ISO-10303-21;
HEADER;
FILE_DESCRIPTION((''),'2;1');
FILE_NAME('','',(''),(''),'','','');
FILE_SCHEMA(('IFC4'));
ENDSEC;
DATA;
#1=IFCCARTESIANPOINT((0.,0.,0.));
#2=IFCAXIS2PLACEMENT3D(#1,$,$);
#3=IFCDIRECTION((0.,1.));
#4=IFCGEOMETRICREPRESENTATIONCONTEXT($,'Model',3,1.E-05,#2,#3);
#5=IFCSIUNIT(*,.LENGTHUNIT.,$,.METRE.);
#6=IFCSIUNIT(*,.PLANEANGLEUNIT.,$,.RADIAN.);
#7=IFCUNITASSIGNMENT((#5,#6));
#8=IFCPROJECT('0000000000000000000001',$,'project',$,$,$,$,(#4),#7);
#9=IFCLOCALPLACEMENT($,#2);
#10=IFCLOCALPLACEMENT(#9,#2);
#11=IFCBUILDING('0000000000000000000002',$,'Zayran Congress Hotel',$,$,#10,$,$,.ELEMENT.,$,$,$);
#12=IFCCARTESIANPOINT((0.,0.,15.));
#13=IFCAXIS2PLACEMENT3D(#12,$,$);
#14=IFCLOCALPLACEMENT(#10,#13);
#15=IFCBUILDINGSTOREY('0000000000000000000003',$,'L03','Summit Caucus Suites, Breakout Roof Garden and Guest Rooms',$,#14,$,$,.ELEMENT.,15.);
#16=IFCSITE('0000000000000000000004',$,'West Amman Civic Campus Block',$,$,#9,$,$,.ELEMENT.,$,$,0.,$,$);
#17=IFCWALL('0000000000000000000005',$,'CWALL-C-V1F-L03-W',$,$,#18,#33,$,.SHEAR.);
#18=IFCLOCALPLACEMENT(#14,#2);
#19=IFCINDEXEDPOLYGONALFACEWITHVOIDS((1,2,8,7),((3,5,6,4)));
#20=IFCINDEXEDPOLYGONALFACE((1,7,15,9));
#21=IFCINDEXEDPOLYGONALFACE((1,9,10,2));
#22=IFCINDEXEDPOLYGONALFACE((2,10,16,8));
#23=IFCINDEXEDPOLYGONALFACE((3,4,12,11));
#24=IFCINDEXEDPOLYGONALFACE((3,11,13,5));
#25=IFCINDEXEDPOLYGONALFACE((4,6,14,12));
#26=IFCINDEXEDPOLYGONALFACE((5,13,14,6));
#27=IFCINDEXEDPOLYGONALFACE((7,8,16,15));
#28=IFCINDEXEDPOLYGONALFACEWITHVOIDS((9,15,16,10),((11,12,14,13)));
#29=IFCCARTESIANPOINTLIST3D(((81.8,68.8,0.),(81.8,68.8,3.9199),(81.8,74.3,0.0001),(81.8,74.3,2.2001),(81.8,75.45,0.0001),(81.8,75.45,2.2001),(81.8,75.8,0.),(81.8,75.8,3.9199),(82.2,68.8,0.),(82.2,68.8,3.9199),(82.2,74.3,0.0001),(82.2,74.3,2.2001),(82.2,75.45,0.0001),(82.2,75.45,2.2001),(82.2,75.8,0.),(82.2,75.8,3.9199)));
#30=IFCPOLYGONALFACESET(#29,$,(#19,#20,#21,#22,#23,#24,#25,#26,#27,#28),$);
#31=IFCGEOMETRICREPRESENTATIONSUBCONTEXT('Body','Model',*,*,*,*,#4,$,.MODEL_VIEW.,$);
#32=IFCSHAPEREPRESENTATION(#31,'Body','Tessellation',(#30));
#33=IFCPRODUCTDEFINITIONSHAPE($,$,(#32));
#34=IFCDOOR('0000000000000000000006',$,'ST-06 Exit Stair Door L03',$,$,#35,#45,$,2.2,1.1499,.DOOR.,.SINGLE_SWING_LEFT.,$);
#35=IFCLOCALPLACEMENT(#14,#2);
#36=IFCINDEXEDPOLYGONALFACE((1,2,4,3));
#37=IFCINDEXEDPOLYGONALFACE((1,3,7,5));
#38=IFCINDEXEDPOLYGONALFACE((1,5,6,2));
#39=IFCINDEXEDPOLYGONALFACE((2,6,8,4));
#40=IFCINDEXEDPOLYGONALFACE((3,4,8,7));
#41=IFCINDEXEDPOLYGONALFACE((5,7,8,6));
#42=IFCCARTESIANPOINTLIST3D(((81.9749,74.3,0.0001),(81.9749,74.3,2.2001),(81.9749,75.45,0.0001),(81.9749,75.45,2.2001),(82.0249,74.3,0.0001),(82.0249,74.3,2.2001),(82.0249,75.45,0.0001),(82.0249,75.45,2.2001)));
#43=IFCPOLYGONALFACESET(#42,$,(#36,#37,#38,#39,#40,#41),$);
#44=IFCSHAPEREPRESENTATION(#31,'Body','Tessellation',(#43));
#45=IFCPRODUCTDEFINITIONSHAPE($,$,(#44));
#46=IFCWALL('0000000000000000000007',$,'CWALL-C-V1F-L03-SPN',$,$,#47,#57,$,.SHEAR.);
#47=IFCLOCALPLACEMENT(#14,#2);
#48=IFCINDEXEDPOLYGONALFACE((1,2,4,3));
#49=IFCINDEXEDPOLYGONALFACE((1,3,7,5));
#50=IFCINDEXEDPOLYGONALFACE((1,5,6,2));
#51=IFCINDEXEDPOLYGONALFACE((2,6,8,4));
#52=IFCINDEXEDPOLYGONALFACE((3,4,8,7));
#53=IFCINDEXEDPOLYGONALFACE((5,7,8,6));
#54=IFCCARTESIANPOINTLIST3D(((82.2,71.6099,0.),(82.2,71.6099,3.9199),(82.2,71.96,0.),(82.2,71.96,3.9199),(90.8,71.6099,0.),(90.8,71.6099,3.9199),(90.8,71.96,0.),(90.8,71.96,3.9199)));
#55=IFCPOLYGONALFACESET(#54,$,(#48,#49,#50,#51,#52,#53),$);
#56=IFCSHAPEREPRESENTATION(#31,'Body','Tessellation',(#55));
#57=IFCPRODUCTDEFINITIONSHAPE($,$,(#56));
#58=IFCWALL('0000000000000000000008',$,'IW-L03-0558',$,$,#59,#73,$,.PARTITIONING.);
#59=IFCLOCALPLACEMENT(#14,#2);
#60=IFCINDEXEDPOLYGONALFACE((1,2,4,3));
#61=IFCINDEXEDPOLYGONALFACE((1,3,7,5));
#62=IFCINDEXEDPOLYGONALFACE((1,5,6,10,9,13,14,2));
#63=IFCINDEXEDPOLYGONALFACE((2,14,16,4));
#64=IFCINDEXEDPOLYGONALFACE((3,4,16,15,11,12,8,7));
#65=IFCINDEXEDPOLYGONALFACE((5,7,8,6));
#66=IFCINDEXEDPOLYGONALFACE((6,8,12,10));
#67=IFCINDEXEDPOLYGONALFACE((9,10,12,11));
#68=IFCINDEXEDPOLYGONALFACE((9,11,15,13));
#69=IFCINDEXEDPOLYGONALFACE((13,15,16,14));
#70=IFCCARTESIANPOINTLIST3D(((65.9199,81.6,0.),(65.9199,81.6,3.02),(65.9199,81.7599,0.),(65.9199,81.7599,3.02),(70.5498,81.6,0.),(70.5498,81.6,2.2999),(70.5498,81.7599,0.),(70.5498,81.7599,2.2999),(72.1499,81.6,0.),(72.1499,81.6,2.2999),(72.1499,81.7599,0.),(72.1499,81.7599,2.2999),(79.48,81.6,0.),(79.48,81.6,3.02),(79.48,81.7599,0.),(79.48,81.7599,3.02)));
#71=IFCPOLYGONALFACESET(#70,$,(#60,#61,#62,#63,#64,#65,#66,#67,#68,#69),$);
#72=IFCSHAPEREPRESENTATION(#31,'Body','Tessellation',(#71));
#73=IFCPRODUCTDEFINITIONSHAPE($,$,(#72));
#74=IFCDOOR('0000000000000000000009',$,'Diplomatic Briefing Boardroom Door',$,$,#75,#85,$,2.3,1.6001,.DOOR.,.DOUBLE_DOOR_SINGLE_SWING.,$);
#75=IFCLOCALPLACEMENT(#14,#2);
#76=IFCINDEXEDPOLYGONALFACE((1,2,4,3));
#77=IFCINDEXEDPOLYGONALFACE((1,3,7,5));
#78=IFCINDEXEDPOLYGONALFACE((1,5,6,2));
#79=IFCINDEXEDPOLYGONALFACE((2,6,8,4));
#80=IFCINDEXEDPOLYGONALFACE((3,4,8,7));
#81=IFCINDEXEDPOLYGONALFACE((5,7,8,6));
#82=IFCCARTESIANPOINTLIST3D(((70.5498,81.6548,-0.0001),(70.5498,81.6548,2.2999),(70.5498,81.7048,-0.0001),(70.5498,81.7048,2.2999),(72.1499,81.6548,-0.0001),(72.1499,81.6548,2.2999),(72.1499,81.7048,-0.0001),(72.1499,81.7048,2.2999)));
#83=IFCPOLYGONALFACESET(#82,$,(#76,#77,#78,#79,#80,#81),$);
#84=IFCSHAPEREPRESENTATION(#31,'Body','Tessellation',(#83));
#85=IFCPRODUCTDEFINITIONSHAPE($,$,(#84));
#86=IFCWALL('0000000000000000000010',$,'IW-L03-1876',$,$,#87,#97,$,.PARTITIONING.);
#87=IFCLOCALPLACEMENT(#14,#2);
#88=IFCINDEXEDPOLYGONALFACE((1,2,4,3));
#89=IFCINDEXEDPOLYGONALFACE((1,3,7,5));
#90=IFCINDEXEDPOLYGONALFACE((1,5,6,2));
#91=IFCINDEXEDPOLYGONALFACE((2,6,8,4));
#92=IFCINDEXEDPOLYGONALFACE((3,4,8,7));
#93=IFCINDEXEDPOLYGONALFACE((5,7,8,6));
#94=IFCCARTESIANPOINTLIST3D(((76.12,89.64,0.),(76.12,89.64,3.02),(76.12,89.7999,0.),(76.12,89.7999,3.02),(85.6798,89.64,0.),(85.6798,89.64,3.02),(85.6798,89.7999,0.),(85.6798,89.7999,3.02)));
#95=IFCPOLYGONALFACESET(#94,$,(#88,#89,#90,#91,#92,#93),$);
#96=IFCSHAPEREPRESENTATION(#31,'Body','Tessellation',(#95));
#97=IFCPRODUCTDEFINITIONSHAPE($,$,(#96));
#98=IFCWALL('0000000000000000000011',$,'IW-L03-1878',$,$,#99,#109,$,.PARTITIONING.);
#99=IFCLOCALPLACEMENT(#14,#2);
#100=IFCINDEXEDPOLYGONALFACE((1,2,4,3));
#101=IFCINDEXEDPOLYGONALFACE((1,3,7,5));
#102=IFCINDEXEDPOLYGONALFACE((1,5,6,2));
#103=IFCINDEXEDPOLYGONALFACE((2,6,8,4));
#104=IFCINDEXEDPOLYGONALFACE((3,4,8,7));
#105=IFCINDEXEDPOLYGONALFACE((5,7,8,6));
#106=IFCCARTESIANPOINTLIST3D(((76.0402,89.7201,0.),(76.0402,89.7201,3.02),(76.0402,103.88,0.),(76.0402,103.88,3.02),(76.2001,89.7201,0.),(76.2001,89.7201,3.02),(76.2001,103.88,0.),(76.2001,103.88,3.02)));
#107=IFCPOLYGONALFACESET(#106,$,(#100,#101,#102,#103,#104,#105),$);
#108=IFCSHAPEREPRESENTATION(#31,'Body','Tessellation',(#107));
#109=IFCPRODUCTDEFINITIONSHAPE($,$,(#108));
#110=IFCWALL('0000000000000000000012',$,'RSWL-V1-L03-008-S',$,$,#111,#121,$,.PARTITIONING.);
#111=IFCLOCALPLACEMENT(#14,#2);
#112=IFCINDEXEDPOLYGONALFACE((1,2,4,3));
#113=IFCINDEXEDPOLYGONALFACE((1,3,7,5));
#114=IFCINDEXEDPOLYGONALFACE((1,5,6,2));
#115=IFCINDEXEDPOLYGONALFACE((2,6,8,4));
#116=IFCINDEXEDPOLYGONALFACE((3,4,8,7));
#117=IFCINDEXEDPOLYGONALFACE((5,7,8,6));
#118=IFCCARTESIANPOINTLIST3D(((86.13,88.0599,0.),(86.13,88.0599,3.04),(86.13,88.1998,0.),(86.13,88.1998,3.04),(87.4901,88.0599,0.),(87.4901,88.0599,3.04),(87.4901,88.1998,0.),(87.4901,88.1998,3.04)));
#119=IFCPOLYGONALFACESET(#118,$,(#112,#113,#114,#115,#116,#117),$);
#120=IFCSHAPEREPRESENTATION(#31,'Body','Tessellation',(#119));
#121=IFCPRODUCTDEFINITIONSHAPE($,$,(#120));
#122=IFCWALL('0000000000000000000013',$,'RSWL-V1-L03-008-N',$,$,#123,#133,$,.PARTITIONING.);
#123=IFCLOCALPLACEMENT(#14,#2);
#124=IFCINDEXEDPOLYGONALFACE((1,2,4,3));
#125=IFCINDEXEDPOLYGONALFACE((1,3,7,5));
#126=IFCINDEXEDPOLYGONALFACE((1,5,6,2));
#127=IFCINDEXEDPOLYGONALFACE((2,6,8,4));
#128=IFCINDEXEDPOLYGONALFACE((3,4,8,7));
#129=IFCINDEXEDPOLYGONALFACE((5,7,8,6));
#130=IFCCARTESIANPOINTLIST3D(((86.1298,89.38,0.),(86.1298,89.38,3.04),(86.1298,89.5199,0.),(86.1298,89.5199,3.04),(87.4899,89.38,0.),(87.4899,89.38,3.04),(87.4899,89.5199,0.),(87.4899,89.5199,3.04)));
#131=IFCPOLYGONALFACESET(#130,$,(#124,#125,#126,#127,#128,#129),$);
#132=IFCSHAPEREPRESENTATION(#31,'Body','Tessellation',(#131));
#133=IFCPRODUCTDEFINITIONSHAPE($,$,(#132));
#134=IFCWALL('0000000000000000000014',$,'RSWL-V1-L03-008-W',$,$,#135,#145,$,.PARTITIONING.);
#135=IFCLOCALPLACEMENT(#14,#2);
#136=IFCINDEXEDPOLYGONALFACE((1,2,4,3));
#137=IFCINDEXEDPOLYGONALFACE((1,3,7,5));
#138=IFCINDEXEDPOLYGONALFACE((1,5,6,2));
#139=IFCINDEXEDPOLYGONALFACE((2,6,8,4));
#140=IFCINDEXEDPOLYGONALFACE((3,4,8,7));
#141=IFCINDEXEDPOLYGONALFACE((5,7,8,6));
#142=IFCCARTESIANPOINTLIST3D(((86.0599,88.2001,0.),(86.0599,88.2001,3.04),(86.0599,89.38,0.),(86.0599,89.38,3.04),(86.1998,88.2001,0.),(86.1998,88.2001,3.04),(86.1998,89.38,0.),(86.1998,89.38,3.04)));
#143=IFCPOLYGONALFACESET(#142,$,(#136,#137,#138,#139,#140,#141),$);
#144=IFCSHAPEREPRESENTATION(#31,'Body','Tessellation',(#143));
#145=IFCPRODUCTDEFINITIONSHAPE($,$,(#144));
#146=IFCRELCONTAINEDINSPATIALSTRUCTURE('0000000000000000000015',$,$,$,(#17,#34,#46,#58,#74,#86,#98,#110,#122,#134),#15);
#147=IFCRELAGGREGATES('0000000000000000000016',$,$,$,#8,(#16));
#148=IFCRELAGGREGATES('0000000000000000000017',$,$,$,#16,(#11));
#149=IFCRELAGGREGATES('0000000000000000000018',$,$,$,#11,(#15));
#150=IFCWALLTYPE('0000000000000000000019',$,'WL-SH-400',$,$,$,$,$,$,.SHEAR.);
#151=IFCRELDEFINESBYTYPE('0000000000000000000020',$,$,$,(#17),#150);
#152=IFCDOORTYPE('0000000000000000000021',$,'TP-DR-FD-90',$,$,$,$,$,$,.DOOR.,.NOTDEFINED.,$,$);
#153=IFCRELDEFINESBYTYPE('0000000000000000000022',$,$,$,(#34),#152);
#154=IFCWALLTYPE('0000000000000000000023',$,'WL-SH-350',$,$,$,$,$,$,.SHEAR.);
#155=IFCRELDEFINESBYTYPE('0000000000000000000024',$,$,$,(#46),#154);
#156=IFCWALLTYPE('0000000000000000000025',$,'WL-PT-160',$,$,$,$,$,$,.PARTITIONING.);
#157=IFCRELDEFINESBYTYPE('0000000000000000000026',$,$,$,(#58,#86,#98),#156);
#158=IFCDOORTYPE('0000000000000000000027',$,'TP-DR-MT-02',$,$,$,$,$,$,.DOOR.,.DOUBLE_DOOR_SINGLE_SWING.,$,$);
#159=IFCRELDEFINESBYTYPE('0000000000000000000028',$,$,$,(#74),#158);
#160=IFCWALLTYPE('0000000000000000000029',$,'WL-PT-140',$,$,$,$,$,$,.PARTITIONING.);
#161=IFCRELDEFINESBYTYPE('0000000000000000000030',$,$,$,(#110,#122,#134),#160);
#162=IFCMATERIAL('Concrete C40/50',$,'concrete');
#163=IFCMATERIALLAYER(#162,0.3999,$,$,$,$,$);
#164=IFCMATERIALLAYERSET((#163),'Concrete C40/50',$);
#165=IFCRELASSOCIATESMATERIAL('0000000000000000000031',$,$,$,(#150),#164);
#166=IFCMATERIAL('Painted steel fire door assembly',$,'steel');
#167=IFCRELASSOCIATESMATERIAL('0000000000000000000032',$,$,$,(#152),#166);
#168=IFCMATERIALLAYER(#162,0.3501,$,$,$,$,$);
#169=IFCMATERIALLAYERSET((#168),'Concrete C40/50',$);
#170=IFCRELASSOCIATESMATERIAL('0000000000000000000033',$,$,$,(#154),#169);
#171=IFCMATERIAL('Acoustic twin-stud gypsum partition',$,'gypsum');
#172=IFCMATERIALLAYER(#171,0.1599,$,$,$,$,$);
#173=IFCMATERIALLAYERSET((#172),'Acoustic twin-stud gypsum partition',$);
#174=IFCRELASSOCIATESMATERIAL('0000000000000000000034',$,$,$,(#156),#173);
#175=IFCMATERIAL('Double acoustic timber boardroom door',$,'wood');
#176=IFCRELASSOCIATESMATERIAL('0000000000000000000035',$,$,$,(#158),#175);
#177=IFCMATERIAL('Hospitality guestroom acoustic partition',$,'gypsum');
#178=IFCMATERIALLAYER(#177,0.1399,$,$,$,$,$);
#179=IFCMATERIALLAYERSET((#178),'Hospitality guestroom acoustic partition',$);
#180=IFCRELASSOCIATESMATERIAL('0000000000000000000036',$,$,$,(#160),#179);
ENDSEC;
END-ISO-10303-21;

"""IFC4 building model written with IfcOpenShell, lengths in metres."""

from ifc_helpers import new_model, si_unit, direction, frame, frame_2d, origin, place, context, subcontext, project, spatial, rectangle, extrude, material, layer, layer_set, type_object, element, fill, save


model = new_model("IFC4")

# Units and contexts
model_context = context("Model", 3, precision=1e-05, world=origin(), true_north=direction((0.0, 1.0)))
body_context = subcontext(model_context, "Body", "Model", "MODEL_VIEW")
ifc_project = project(units=[si_unit("LENGTHUNIT", "METRE"), si_unit("PLANEANGLEUNIT", "RADIAN")], contexts=[model_context])

# Site, building, storey
site_placement = place(None, origin())
site = spatial("IfcSite", under=ifc_project, at=site_placement, Name="West Amman Civic Campus Block", CompositionType="ELEMENT", RefElevation=0.0)
building_placement = place(site_placement, origin())
building = spatial("IfcBuilding", under=site, at=building_placement, Name="Zayran Congress Hotel", CompositionType="ELEMENT")
storey_placement = place(building_placement, frame((0.0, 0.0, 15.0)))
storey = spatial("IfcBuildingStorey", under=building, at=storey_placement, Name="L03", Description="Summit Caucus Suites, Breakout Roof Garden and Guest Rooms", CompositionType="ELEMENT", Elevation=15.0)

# Wall, opening, door
ifc_material_1 = material(Name="Concrete C40/50", Category="concrete")
ifc_layer_1 = layer(ifc_material_1, 0.3999)
ifc_layer_set_1 = layer_set([ifc_layer_1], Name="Concrete C40/50")
wall_type_1 = type_object("IfcWallType", Name="WL-SH-400", PredefinedType="SHEAR", material=ifc_layer_set_1)
wall_1_placement = place(storey_placement, frame((82.0, 75.8, 0.0), z_axis=(0.0, 0.0, 1.0), x_axis=(0.0, -1.0, 0.0)))
wall_1 = element("IfcWall", 1, at=wall_1_placement, inside=storey, type_object=wall_type_1, Name="CWALL-C-V1F-L03-W", PredefinedType="SHEAR", context=body_context, shape_type="SweptSolid", body=[
    extrude(rectangle(XDim=7.0, YDim=0.3999, at=frame_2d((3.5, 0.0))), origin(), (0.0, 0.0, 1.0), 3.9199),
])
opening_1_placement = place(wall_1_placement, frame((0.3501, 0.0, 0.0)))
opening_1 = element("IfcOpeningElement", 2, at=opening_1_placement, cuts=wall_1, PredefinedType="OPENING", context=body_context, shape_type="SweptSolid", body=[
    extrude(rectangle(XDim=1.1499, YDim=2.2, at=frame_2d((0.575, 1.1001))), frame((0.0, 0.21, 0.0), z_axis=(0.0, -1.0, 0.0), x_axis=(1.0, 0.0, 0.0)), (0.0, 0.0, 1.0), 0.4199),
])
ifc_material_2 = material(Name="Painted steel fire door assembly", Category="steel")
door_type_1 = type_object("IfcDoorType", Name="TP-DR-FD-90", OperationType="NOTDEFINED", PredefinedType="DOOR", material=ifc_material_2)
door_1_placement = place(opening_1_placement, origin())
door_1 = element("IfcDoor", 3, at=door_1_placement, inside=storey, type_object=door_type_1, Name="ST-06 Exit Stair Door L03", OperationType="SINGLE_SWING_LEFT", OverallHeight=2.2, OverallWidth=1.1499, PredefinedType="DOOR", context=body_context, shape_type="SweptSolid", body=[
    extrude(rectangle(XDim=1.1499, YDim=2.2, at=frame_2d((0.575, 1.1001))), frame((0.0, 0.0249, 0.0), z_axis=(0.0, -1.0, 0.0), x_axis=(1.0, 0.0, 0.0)), (0.0, 0.0, 1.0), 0.05),
])
fill(opening_1, door_1)

# Wall
ifc_layer_2 = layer(ifc_material_1, 0.3501)
ifc_layer_set_2 = layer_set([ifc_layer_2], Name="Concrete C40/50")
wall_type_2 = type_object("IfcWallType", Name="WL-SH-350", PredefinedType="SHEAR", material=ifc_layer_set_2)
wall_2_placement = place(storey_placement, frame((82.2, 71.7849, 0.0), z_axis=(0.0, 0.0, 1.0), x_axis=(1.0, 0.0, 0.0)))
element("IfcWall", 4, at=wall_2_placement, inside=storey, type_object=wall_type_2, Name="CWALL-C-V1F-L03-SPN", PredefinedType="SHEAR", context=body_context, shape_type="SweptSolid", body=[
    extrude(rectangle(XDim=8.6001, YDim=0.3501, at=frame_2d((4.3, 0.0))), origin(), (0.0, 0.0, 1.0), 3.9199),
])

# Wall, opening, door
ifc_material_3 = material(Name="Acoustic twin-stud gypsum partition", Category="gypsum")
ifc_layer_3 = layer(ifc_material_3, 0.1599)
ifc_layer_set_3 = layer_set([ifc_layer_3], Name="Acoustic twin-stud gypsum partition")
wall_type_3 = type_object("IfcWallType", Name="WL-PT-160", PredefinedType="PARTITIONING", material=ifc_layer_set_3)
wall_3_placement = place(storey_placement, frame((65.9199, 81.6799, 0.0), z_axis=(0.0, 0.0, 1.0), x_axis=(1.0, 0.0, 0.0)))
wall_3 = element("IfcWall", 5, at=wall_3_placement, inside=storey, type_object=wall_type_3, Name="IW-L03-0558", PredefinedType="PARTITIONING", context=body_context, shape_type="SweptSolid", body=[
    extrude(rectangle(XDim=13.5601, YDim=0.1599, at=frame_2d((6.78, 0.0))), origin(), (0.0, 0.0, 1.0), 3.02),
])
opening_2_placement = place(wall_3_placement, frame((4.6299, 0.0, 0.0)))
opening_2 = element("IfcOpeningElement", 6, at=opening_2_placement, cuts=wall_3, PredefinedType="OPENING", context=body_context, shape_type="SweptSolid", body=[
    extrude(rectangle(XDim=1.6001, YDim=2.3, at=frame_2d((0.8, 1.1499))), frame((0.0, 0.0898, 0.0), z_axis=(0.0, -1.0, 0.0), x_axis=(1.0, 0.0, 0.0)), (0.0, 0.0, 1.0), 0.1799),
])
ifc_material_4 = material(Name="Double acoustic timber boardroom door", Category="wood")
door_type_2 = type_object("IfcDoorType", Name="TP-DR-MT-02", OperationType="DOUBLE_DOOR_SINGLE_SWING", PredefinedType="DOOR", material=ifc_material_4)
door_2_placement = place(opening_2_placement, origin())
door_2 = element("IfcDoor", 7, at=door_2_placement, inside=storey, type_object=door_type_2, Name="Diplomatic Briefing Boardroom Door", OperationType="DOUBLE_DOOR_SINGLE_SWING", OverallHeight=2.3, OverallWidth=1.6001, PredefinedType="DOOR", context=body_context, shape_type="SweptSolid", body=[
    extrude(rectangle(XDim=1.6001, YDim=2.3, at=frame_2d((0.8, 1.1499))), frame((0.0, 0.0249, 0.0), z_axis=(0.0, -1.0, 0.0), x_axis=(1.0, 0.0, 0.0)), (0.0, 0.0, 1.0), 0.05),
])
fill(opening_2, door_2)

# Walls
wall_4_placement = place(storey_placement, frame((76.1201, 89.72, 0.0), z_axis=(0.0, 0.0, 1.0), x_axis=(1.0, 0.0, 0.0)))
element("IfcWall", 8, at=wall_4_placement, inside=storey, type_object=wall_type_3, Name="IW-L03-1876", PredefinedType="PARTITIONING", context=body_context, shape_type="SweptSolid", body=[
    extrude(rectangle(XDim=9.5598, YDim=0.1599, at=frame_2d((4.7798, 0.0))), origin(), (0.0, 0.0, 1.0), 3.02),
])
wall_5_placement = place(storey_placement, frame((76.1201, 89.72, 0.0), z_axis=(0.0, 0.0, 1.0), x_axis=(0.0, 1.0, 0.0)))
element("IfcWall", 9, at=wall_5_placement, inside=storey, type_object=wall_type_3, Name="IW-L03-1878", PredefinedType="PARTITIONING", context=body_context, shape_type="SweptSolid", body=[
    extrude(rectangle(XDim=14.1599, YDim=0.1599, at=frame_2d((7.0801, 0.0))), origin(), (0.0, 0.0, 1.0), 3.02),
])
ifc_material_5 = material(Name="Hospitality guestroom acoustic partition", Category="gypsum")
ifc_layer_4 = layer(ifc_material_5, 0.1399)
ifc_layer_set_4 = layer_set([ifc_layer_4], Name="Hospitality guestroom acoustic partition")
wall_type_4 = type_object("IfcWallType", Name="WL-PT-140", PredefinedType="PARTITIONING", material=ifc_layer_set_4)
for number, where, z_axis, x_axis, name in (
    (10, (86.1299, 88.1299, 0.0), (0.0, 0.0, 1.0), (1.0, 0.0, 0.0), "RSWL-V1-L03-008-S"),
    (11, (87.49, 89.45, 0.0), (0.0, 0.0, 1.0), (-1.0, 0.0, 0.0), "RSWL-V1-L03-008-N"),
):
    element("IfcWall", number, at=place(storey_placement, frame(where, z_axis=z_axis, x_axis=x_axis)), inside=storey, type_object=wall_type_4, Name=name, PredefinedType="PARTITIONING", context=body_context, shape_type="SweptSolid", body=[
        extrude(rectangle(XDim=1.3601, YDim=0.1399, at=frame_2d((0.6802, 0.0))), origin(), (0.0, 0.0, 1.0), 3.04),
    ])
for number, where, z_axis, x_axis, name in (
    (12, (86.1299, 89.3799, 0.0), (0.0, 0.0, 1.0), (0.0, -1.0, 0.0), "RSWL-V1-L03-008-W"),
):
    element("IfcWall", number, at=place(storey_placement, frame(where, z_axis=z_axis, x_axis=x_axis)), inside=storey, type_object=wall_type_4, Name=name, PredefinedType="PARTITIONING", context=body_context, shape_type="SweptSolid", body=[
        extrude(rectangle(XDim=1.1799, YDim=0.1399, at=frame_2d((0.5898, 0.0))), origin(), (0.0, 0.0, 1.0), 3.04),
    ])

save(model, "model.ifc")
